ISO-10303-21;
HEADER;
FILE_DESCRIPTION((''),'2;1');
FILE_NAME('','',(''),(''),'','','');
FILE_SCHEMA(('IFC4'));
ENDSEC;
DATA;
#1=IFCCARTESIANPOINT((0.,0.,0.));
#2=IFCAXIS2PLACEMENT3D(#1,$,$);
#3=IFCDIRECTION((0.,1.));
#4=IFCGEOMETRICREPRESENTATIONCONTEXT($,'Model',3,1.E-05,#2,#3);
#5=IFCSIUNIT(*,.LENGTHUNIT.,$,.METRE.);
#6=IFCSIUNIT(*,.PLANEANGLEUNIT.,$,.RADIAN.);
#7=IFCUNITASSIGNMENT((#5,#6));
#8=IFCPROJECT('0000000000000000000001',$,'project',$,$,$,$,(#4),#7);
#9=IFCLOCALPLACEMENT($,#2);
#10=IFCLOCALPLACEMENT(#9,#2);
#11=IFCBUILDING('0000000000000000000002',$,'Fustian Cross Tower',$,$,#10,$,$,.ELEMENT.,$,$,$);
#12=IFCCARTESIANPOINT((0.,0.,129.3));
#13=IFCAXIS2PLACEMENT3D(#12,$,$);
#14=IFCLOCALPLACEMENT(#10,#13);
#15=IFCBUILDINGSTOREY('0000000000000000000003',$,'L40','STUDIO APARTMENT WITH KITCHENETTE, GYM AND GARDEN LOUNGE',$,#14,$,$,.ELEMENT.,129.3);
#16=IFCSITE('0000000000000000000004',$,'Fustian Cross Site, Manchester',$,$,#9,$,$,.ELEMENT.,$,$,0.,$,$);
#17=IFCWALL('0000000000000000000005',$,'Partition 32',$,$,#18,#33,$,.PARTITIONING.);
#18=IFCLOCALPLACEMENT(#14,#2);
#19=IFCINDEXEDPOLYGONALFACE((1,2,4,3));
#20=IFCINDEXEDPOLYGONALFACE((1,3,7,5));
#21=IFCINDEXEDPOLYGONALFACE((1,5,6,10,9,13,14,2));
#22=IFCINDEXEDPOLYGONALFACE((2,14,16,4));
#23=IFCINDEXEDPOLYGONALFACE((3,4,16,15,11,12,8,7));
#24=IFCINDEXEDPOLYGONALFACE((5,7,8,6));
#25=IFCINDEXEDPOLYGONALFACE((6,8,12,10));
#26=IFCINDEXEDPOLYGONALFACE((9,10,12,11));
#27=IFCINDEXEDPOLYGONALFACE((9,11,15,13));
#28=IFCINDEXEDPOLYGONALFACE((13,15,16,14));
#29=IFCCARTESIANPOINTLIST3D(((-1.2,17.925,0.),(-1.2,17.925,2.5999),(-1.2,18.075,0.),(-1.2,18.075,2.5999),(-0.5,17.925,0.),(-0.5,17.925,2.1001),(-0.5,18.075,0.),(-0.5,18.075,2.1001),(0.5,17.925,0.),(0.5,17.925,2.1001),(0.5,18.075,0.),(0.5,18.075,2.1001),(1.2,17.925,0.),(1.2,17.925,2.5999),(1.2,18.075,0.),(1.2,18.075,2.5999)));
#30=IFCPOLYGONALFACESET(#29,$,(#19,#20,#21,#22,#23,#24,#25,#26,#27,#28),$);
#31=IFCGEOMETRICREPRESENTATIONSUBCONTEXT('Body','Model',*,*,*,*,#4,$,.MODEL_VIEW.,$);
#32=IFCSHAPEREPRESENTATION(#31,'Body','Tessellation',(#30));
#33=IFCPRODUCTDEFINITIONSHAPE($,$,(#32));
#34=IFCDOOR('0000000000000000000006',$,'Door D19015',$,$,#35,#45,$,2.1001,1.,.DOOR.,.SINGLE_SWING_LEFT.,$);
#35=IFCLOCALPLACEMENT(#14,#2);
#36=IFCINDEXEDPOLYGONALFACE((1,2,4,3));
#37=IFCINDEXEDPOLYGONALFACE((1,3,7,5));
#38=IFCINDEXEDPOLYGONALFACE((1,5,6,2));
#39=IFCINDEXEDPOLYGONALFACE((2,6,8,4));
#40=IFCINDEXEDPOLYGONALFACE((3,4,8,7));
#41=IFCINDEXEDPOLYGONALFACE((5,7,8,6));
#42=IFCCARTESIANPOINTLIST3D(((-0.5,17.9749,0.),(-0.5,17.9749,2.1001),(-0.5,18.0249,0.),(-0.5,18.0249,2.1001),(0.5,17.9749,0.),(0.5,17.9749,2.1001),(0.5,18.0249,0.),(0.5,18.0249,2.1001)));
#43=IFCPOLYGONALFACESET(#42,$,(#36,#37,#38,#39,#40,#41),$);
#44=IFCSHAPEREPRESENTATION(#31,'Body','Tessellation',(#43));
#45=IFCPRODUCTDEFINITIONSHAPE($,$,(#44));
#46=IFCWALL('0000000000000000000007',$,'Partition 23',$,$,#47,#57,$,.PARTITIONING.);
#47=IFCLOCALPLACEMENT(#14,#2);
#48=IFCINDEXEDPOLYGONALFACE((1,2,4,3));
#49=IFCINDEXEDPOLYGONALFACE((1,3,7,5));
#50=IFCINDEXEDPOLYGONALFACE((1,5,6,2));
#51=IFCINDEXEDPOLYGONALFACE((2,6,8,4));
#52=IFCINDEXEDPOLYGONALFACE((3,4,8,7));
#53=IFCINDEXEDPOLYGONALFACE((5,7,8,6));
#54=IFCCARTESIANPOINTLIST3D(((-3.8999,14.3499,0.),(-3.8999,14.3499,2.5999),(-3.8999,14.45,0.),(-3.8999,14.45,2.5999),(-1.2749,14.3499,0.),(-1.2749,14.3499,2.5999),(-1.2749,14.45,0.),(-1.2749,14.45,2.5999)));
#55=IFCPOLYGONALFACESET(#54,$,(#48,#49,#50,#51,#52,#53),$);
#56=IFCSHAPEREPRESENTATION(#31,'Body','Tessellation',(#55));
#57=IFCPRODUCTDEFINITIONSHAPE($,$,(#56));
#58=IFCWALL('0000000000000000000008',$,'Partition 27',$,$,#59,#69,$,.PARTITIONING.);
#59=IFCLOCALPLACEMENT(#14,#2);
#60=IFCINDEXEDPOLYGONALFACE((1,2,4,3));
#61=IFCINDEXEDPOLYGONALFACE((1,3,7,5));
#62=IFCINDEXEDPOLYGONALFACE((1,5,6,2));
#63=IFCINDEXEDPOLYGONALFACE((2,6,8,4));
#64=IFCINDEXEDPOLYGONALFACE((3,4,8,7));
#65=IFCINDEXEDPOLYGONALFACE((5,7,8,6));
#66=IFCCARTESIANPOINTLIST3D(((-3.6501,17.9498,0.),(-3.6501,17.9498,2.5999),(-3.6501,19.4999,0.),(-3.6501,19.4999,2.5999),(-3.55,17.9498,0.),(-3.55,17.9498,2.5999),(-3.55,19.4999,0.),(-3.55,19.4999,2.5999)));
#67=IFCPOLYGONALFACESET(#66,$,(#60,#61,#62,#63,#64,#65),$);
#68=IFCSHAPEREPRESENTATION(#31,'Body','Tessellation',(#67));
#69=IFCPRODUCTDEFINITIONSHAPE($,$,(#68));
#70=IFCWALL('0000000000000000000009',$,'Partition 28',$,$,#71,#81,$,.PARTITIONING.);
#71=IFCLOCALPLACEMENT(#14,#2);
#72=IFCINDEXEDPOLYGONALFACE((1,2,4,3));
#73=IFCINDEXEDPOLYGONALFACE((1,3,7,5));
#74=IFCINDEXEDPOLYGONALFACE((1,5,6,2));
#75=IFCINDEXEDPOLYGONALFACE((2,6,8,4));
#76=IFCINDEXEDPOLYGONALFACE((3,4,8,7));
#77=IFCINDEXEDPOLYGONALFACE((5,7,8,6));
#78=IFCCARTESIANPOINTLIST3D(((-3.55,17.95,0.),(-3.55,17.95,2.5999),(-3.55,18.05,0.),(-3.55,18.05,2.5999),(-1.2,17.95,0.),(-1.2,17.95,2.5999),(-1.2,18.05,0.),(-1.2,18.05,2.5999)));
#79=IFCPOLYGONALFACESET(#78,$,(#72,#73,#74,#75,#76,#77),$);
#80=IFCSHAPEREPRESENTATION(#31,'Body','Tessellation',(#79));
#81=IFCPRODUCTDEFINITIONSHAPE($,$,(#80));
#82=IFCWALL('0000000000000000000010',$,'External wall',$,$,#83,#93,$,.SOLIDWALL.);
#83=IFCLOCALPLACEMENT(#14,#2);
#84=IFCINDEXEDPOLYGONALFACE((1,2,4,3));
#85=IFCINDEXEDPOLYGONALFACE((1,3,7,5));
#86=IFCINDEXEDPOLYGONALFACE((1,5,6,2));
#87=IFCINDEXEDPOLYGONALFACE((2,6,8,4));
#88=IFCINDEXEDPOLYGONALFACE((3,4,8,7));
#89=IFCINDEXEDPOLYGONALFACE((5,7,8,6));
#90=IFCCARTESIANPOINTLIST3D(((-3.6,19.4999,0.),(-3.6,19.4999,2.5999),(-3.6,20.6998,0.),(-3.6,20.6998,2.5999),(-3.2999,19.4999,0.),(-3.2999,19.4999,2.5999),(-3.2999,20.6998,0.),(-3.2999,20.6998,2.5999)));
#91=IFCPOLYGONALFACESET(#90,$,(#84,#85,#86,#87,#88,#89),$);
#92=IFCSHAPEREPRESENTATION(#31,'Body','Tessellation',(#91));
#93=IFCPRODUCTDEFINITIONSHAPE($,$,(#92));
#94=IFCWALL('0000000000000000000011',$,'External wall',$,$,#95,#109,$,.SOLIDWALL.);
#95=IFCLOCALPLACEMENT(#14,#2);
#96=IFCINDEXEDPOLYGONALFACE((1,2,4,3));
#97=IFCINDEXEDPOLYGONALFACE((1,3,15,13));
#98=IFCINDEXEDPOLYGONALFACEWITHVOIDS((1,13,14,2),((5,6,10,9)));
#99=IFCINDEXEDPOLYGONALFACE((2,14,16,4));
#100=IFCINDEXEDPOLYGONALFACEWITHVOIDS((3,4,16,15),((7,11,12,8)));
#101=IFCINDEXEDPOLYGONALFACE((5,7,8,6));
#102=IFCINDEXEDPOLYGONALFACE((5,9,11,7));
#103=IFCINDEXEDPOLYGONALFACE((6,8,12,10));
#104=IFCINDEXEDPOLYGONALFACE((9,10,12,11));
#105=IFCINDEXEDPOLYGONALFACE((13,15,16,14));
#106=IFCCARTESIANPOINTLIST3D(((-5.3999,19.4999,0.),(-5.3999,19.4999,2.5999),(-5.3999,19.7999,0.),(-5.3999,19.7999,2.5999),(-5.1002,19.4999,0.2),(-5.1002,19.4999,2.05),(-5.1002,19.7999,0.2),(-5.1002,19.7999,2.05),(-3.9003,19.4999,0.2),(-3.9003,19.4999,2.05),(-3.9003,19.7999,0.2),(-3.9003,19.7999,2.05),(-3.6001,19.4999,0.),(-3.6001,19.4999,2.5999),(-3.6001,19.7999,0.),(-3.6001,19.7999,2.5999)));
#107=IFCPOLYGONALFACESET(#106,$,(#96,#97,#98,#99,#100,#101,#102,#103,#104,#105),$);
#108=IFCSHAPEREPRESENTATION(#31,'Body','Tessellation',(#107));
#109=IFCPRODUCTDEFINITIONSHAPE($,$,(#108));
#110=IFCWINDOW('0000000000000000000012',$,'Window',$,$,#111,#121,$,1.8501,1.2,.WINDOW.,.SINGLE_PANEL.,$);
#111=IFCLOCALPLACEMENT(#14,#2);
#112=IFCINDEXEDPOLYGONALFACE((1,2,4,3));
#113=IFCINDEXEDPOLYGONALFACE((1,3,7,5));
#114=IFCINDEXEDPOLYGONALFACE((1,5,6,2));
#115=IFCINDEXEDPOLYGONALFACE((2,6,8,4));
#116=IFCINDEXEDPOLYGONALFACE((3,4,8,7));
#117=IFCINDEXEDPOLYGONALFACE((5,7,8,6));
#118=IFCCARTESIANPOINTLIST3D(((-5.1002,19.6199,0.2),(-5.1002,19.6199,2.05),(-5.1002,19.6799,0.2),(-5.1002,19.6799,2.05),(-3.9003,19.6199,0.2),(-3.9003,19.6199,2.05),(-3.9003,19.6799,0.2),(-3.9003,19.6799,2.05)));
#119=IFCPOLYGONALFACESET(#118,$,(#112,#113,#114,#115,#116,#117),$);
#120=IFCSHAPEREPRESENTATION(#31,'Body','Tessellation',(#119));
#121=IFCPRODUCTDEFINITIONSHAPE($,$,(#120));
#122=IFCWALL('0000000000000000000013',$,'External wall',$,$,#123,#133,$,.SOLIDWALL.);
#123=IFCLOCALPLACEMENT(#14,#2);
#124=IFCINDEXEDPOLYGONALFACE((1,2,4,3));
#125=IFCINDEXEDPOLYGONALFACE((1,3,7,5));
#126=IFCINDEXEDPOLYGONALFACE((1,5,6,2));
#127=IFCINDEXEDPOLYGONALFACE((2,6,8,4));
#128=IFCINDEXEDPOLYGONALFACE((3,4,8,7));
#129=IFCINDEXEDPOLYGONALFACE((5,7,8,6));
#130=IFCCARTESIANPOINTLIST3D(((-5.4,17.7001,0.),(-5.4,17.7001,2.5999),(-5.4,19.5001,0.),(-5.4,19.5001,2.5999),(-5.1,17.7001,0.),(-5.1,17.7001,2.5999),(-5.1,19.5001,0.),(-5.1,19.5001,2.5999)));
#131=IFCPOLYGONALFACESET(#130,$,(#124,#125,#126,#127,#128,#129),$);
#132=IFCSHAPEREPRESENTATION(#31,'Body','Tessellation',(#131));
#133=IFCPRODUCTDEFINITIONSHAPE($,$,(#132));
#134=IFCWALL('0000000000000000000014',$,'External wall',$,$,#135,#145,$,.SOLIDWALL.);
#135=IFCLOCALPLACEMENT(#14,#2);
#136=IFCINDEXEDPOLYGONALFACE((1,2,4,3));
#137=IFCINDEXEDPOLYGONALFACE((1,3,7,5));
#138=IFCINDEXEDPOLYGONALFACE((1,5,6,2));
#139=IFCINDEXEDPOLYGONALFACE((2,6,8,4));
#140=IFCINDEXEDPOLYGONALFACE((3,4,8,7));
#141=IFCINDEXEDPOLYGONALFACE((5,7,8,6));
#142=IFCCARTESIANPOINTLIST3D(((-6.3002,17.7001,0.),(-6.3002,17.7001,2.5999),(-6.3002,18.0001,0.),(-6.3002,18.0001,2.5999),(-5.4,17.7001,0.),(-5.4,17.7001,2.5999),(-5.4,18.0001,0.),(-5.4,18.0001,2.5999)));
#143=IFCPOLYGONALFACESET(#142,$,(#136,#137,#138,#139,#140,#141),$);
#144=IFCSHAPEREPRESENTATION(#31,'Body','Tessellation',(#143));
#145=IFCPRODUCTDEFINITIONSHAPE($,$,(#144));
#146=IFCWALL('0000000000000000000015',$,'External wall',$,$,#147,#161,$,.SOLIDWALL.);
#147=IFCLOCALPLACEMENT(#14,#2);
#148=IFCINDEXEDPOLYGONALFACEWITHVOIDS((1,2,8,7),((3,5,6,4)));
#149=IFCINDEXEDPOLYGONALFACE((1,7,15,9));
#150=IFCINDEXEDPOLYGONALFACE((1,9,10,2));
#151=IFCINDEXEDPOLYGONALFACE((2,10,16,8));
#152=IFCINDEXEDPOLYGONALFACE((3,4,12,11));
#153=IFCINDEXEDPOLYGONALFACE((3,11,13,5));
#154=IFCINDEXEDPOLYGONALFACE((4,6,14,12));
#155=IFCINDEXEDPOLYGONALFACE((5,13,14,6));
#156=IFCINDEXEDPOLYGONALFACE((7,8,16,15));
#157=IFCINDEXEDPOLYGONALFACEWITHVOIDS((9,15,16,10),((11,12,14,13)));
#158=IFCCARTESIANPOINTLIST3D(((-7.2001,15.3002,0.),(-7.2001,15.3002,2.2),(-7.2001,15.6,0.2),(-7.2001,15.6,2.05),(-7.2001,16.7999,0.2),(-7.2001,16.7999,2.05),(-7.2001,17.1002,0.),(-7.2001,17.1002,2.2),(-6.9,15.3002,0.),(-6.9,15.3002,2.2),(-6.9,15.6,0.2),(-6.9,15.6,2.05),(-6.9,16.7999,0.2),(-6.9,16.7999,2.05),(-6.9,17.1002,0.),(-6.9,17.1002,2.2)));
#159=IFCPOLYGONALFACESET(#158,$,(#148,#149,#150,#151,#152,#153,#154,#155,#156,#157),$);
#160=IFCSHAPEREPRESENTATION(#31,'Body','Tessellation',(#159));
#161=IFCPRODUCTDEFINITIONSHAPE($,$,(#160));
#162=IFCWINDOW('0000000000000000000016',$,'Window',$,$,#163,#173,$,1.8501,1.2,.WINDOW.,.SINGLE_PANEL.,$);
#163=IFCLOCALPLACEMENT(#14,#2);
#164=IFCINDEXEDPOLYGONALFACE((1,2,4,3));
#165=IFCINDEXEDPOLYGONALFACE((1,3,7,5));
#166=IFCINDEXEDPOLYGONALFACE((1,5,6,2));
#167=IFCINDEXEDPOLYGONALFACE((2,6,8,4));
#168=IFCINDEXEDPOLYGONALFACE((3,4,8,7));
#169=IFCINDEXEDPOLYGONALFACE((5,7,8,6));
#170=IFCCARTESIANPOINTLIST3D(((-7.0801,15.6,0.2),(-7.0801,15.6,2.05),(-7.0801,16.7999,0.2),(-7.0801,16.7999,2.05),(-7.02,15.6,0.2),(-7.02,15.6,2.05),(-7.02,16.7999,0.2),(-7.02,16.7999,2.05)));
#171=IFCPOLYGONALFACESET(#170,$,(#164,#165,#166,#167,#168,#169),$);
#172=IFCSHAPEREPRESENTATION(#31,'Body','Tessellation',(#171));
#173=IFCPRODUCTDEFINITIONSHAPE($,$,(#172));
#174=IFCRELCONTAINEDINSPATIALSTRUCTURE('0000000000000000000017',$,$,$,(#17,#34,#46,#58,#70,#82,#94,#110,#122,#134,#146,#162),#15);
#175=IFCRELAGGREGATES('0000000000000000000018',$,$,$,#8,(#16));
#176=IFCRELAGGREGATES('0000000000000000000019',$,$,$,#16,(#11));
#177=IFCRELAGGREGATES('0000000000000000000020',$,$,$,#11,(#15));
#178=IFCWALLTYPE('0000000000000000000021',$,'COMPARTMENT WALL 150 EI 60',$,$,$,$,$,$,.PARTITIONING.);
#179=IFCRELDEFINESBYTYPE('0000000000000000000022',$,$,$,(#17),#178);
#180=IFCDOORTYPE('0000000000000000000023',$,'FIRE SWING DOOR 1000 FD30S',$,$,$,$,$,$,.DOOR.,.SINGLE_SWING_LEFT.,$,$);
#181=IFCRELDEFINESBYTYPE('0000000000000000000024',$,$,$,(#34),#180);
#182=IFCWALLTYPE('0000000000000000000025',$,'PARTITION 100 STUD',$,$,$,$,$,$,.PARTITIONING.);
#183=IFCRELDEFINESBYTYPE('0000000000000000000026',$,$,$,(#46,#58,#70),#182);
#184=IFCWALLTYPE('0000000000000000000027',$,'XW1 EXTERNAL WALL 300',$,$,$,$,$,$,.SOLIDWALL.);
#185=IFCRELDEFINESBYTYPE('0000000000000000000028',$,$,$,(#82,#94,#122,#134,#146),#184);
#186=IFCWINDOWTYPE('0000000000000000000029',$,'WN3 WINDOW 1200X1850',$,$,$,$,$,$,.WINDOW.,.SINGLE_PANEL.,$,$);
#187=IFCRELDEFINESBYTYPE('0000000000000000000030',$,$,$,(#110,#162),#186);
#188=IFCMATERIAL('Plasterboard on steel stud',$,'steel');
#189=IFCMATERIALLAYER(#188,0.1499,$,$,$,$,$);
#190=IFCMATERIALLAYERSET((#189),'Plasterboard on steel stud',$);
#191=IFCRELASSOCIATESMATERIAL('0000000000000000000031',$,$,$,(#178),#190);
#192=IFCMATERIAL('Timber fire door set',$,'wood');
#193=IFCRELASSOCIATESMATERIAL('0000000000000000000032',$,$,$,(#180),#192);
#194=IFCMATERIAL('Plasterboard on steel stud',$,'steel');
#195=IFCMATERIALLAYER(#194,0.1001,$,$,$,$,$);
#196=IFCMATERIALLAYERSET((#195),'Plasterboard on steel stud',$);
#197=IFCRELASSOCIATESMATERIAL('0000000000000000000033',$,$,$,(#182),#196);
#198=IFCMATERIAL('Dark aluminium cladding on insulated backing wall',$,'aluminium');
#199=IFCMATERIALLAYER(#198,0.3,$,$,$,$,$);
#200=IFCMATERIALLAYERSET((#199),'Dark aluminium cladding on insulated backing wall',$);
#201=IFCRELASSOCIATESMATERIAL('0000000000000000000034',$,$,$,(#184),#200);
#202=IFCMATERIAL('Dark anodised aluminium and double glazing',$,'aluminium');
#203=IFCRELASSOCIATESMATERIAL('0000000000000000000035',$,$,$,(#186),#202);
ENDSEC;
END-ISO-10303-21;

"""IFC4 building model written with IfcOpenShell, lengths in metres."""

from ifc_helpers import new_model, si_unit, direction, frame, frame_2d, origin, place, context, subcontext, project, spatial, rectangle, extrude, material, layer, layer_set, type_object, element, fill, save


model = new_model("IFC4")

# Units and contexts
model_context = context("Model", 3, precision=1e-05, world=origin(), true_north=direction((0.0, 1.0)))
body_context = subcontext(model_context, "Body", "Model", "MODEL_VIEW")
ifc_project = project(units=[si_unit("LENGTHUNIT", "METRE"), si_unit("PLANEANGLEUNIT", "RADIAN")], contexts=[model_context])

# Site, building, storey
site_placement = place(None, origin())
site = spatial("IfcSite", under=ifc_project, at=site_placement, Name="Fustian Cross Site, Manchester", CompositionType="ELEMENT", RefElevation=0.0)
building_placement = place(site_placement, origin())
building = spatial("IfcBuilding", under=site, at=building_placement, Name="Fustian Cross Tower", CompositionType="ELEMENT")
storey_placement = place(building_placement, frame((0.0, 0.0, 129.3)))
storey = spatial("IfcBuildingStorey", under=building, at=storey_placement, Name="L40", Description="STUDIO APARTMENT WITH KITCHENETTE, GYM AND GARDEN LOUNGE", CompositionType="ELEMENT", Elevation=129.3)

# Wall, opening, door
ifc_material_1 = material(Name="Plasterboard on steel stud", Category="steel")
ifc_layer_1 = layer(ifc_material_1, 0.1499)
ifc_layer_set_1 = layer_set([ifc_layer_1], Name="Plasterboard on steel stud")
wall_type_1 = type_object("IfcWallType", Name="COMPARTMENT WALL 150 EI 60", PredefinedType="PARTITIONING", material=ifc_layer_set_1)
wall_1_placement = place(storey_placement, frame((-1.2, 18.0, 0.0), z_axis=(0.0, 0.0, 1.0), x_axis=(1.0, 0.0, 0.0)))
wall_1 = element("IfcWall", 1, at=wall_1_placement, inside=storey, type_object=wall_type_1, Name="Partition 32", PredefinedType="PARTITIONING", context=body_context, shape_type="SweptSolid", body=[
    extrude(rectangle(XDim=2.3999, YDim=0.1499, at=frame_2d((1.2, 0.0))), origin(), (0.0, 0.0, 1.0), 2.5999),
])
opening_1_placement = place(wall_1_placement, frame((0.7, 0.0, 0.0)))
opening_1 = element("IfcOpeningElement", 2, at=opening_1_placement, cuts=wall_1, PredefinedType="OPENING", context=body_context, shape_type="SweptSolid", body=[
    extrude(rectangle(XDim=1.0, YDim=2.1001, at=frame_2d((0.5, 1.05))), frame((0.0, 0.085, 0.0), z_axis=(0.0, -1.0, 0.0), x_axis=(1.0, 0.0, 0.0)), (0.0, 0.0, 1.0), 0.1699),
])
ifc_material_2 = material(Name="Timber fire door set", Category="wood")
door_type = type_object("IfcDoorType", Name="FIRE SWING DOOR 1000 FD30S", OperationType="SINGLE_SWING_LEFT", PredefinedType="DOOR", material=ifc_material_2)
door_placement = place(opening_1_placement, origin())
door = element("IfcDoor", 3, at=door_placement, inside=storey, type_object=door_type, Name="Door D19015", OperationType="SINGLE_SWING_LEFT", OverallHeight=2.1001, OverallWidth=1.0, PredefinedType="DOOR", context=body_context, shape_type="SweptSolid", body=[
    extrude(rectangle(XDim=1.0, YDim=2.1001, at=frame_2d((0.5, 1.05))), frame((0.0, 0.0249, 0.0), z_axis=(0.0, -1.0, 0.0), x_axis=(1.0, 0.0, 0.0)), (0.0, 0.0, 1.0), 0.05),
])
fill(opening_1, door)

# Walls
ifc_material_3 = material(Name="Plasterboard on steel stud", Category="steel")
ifc_layer_2 = layer(ifc_material_3, 0.1001)
ifc_layer_set_2 = layer_set([ifc_layer_2], Name="Plasterboard on steel stud")
wall_type_2 = type_object("IfcWallType", Name="PARTITION 100 STUD", PredefinedType="PARTITIONING", material=ifc_layer_set_2)
wall_2_placement = place(storey_placement, frame((-3.8999, 14.3999, 0.0), z_axis=(0.0, 0.0, 1.0), x_axis=(1.0, 0.0, 0.0)))
element("IfcWall", 4, at=wall_2_placement, inside=storey, type_object=wall_type_2, Name="Partition 23", PredefinedType="PARTITIONING", context=body_context, shape_type="SweptSolid", body=[
    extrude(rectangle(XDim=2.625, YDim=0.1001, at=frame_2d((1.3125, 0.0))), origin(), (0.0, 0.0, 1.0), 2.5999),
])
wall_3_placement = place(storey_placement, frame((-3.6001, 17.95, 0.0), z_axis=(0.0, 0.0, 1.0), x_axis=(0.0, 1.0, 0.0)))
element("IfcWall", 5, at=wall_3_placement, inside=storey, type_object=wall_type_2, Name="Partition 27", PredefinedType="PARTITIONING", context=body_context, shape_type="SweptSolid", body=[
    extrude(rectangle(XDim=1.55, YDim=0.1001, at=frame_2d((0.7749, 0.0))), origin(), (0.0, 0.0, 1.0), 2.5999),
])
wall_4_placement = place(storey_placement, frame((-3.55, 18.0, 0.0), z_axis=(0.0, 0.0, 1.0), x_axis=(1.0, 0.0, 0.0)))
element("IfcWall", 6, at=wall_4_placement, inside=storey, type_object=wall_type_2, Name="Partition 28", PredefinedType="PARTITIONING", context=body_context, shape_type="SweptSolid", body=[
    extrude(rectangle(XDim=2.3501, YDim=0.1001, at=frame_2d((1.175, 0.0))), origin(), (0.0, 0.0, 1.0), 2.5999),
])
ifc_material_4 = material(Name="Dark aluminium cladding on insulated backing wall", Category="aluminium")
ifc_layer_3 = layer(ifc_material_4, 0.3)
ifc_layer_set_3 = layer_set([ifc_layer_3], Name="Dark aluminium cladding on insulated backing wall")
wall_type_3 = type_object("IfcWallType", Name="XW1 EXTERNAL WALL 300", PredefinedType="SOLIDWALL", material=ifc_layer_set_3)
wall_5_placement = place(storey_placement, frame((-3.45, 20.7, 0.0), z_axis=(0.0, 0.0, 1.0), x_axis=(0.0, -1.0, 0.0)))
element("IfcWall", 7, at=wall_5_placement, inside=storey, type_object=wall_type_3, Name="External wall", PredefinedType="SOLIDWALL", context=body_context, shape_type="SweptSolid", body=[
    extrude(rectangle(XDim=1.2, YDim=0.3, at=frame_2d((0.6001, 0.0))), origin(), (0.0, 0.0, 1.0), 2.5999),
])

# Wall, opening, window
wall_6_placement = place(storey_placement, frame((-3.6001, 19.6499, 0.0), z_axis=(0.0, 0.0, 1.0), x_axis=(-1.0, 0.0, 0.0)))
wall_6 = element("IfcWall", 8, at=wall_6_placement, inside=storey, type_object=wall_type_3, Name="External wall", PredefinedType="SOLIDWALL", context=body_context, shape_type="SweptSolid", body=[
    extrude(rectangle(XDim=1.7998, YDim=0.3, at=frame_2d((0.8999, 0.0))), origin(), (0.0, 0.0, 1.0), 2.5999),
])
opening_2_placement = place(wall_6_placement, frame((0.3, 0.0, 0.2)))
opening_2 = element("IfcOpeningElement", 9, at=opening_2_placement, cuts=wall_6, PredefinedType="OPENING", context=body_context, shape_type="SweptSolid", body=[
    extrude(rectangle(XDim=1.2, YDim=1.8501, at=frame_2d((0.6001, 0.925))), frame((0.0, 0.1599, 0.0), z_axis=(0.0, -1.0, 0.0), x_axis=(1.0, 0.0, 0.0)), (0.0, 0.0, 1.0), 0.3201),
])
ifc_material_5 = material(Name="Dark anodised aluminium and double glazing", Category="aluminium")
window_type = type_object("IfcWindowType", Name="WN3 WINDOW 1200X1850", PartitioningType="SINGLE_PANEL", PredefinedType="WINDOW", material=ifc_material_5)
window_1_placement = place(opening_2_placement, origin())
window_1 = element("IfcWindow", 10, at=window_1_placement, inside=storey, type_object=window_type, Name="Window", OverallHeight=1.8501, OverallWidth=1.2, PartitioningType="SINGLE_PANEL", PredefinedType="WINDOW", context=body_context, shape_type="SweptSolid", body=[
    extrude(rectangle(XDim=1.2, YDim=1.8501, at=frame_2d((0.6001, 0.925))), frame((0.0, 0.03, 0.0), z_axis=(0.0, -1.0, 0.0), x_axis=(1.0, 0.0, 0.0)), (0.0, 0.0, 1.0), 0.0601),
])
fill(opening_2, window_1)

# Walls
wall_7_placement = place(storey_placement, frame((-5.25, 19.5, 0.0), z_axis=(0.0, 0.0, 1.0), x_axis=(0.0, -1.0, 0.0)))
element("IfcWall", 11, at=wall_7_placement, inside=storey, type_object=wall_type_3, Name="External wall", PredefinedType="SOLIDWALL", context=body_context, shape_type="SweptSolid", body=[
    extrude(rectangle(XDim=1.8, YDim=0.3, at=frame_2d((0.8999, 0.0))), origin(), (0.0, 0.0, 1.0), 2.5999),
])
wall_8_placement = place(storey_placement, frame((-5.3999, 17.8501, 0.0), z_axis=(0.0, 0.0, 1.0), x_axis=(-1.0, 0.0, 0.0)))
element("IfcWall", 12, at=wall_8_placement, inside=storey, type_object=wall_type_3, Name="External wall", PredefinedType="SOLIDWALL", context=body_context, shape_type="SweptSolid", body=[
    extrude(rectangle(XDim=0.9001, YDim=0.3, at=frame_2d((0.4502, 0.0))), origin(), (0.0, 0.0, 1.0), 2.5999),
])

# Wall, opening, window
wall_9_placement = place(storey_placement, frame((-7.05, 17.1001, 0.0), z_axis=(0.0, 0.0, 1.0), x_axis=(0.0, -1.0, 0.0)))
wall_9 = element("IfcWall", 13, at=wall_9_placement, inside=storey, type_object=wall_type_3, Name="External wall", PredefinedType="SOLIDWALL", context=body_context, shape_type="SweptSolid", body=[
    extrude(rectangle(XDim=1.8, YDim=0.3, at=frame_2d((0.8999, 0.0))), origin(), (0.0, 0.0, 1.0), 2.2),
])
opening_3_placement = place(wall_9_placement, frame((0.3, 0.0, 0.2)))
opening_3 = element("IfcOpeningElement", 14, at=opening_3_placement, cuts=wall_9, PredefinedType="OPENING", context=body_context, shape_type="SweptSolid", body=[
    extrude(rectangle(XDim=1.2, YDim=1.8501, at=frame_2d((0.6001, 0.925))), frame((0.0, 0.1599, 0.0), z_axis=(0.0, -1.0, 0.0), x_axis=(1.0, 0.0, 0.0)), (0.0, 0.0, 1.0), 0.3201),
])
window_2_placement = place(opening_3_placement, origin())
window_2 = element("IfcWindow", 15, at=window_2_placement, inside=storey, type_object=window_type, Name="Window", OverallHeight=1.8501, OverallWidth=1.2, PartitioningType="SINGLE_PANEL", PredefinedType="WINDOW", context=body_context, shape_type="SweptSolid", body=[
    extrude(rectangle(XDim=1.2, YDim=1.8501, at=frame_2d((0.6001, 0.925))), frame((0.0, 0.03, 0.0), z_axis=(0.0, -1.0, 0.0), x_axis=(1.0, 0.0, 0.0)), (0.0, 0.0, 1.0), 0.0601),
])
fill(opening_3, window_2)

save(model, "model.ifc")
